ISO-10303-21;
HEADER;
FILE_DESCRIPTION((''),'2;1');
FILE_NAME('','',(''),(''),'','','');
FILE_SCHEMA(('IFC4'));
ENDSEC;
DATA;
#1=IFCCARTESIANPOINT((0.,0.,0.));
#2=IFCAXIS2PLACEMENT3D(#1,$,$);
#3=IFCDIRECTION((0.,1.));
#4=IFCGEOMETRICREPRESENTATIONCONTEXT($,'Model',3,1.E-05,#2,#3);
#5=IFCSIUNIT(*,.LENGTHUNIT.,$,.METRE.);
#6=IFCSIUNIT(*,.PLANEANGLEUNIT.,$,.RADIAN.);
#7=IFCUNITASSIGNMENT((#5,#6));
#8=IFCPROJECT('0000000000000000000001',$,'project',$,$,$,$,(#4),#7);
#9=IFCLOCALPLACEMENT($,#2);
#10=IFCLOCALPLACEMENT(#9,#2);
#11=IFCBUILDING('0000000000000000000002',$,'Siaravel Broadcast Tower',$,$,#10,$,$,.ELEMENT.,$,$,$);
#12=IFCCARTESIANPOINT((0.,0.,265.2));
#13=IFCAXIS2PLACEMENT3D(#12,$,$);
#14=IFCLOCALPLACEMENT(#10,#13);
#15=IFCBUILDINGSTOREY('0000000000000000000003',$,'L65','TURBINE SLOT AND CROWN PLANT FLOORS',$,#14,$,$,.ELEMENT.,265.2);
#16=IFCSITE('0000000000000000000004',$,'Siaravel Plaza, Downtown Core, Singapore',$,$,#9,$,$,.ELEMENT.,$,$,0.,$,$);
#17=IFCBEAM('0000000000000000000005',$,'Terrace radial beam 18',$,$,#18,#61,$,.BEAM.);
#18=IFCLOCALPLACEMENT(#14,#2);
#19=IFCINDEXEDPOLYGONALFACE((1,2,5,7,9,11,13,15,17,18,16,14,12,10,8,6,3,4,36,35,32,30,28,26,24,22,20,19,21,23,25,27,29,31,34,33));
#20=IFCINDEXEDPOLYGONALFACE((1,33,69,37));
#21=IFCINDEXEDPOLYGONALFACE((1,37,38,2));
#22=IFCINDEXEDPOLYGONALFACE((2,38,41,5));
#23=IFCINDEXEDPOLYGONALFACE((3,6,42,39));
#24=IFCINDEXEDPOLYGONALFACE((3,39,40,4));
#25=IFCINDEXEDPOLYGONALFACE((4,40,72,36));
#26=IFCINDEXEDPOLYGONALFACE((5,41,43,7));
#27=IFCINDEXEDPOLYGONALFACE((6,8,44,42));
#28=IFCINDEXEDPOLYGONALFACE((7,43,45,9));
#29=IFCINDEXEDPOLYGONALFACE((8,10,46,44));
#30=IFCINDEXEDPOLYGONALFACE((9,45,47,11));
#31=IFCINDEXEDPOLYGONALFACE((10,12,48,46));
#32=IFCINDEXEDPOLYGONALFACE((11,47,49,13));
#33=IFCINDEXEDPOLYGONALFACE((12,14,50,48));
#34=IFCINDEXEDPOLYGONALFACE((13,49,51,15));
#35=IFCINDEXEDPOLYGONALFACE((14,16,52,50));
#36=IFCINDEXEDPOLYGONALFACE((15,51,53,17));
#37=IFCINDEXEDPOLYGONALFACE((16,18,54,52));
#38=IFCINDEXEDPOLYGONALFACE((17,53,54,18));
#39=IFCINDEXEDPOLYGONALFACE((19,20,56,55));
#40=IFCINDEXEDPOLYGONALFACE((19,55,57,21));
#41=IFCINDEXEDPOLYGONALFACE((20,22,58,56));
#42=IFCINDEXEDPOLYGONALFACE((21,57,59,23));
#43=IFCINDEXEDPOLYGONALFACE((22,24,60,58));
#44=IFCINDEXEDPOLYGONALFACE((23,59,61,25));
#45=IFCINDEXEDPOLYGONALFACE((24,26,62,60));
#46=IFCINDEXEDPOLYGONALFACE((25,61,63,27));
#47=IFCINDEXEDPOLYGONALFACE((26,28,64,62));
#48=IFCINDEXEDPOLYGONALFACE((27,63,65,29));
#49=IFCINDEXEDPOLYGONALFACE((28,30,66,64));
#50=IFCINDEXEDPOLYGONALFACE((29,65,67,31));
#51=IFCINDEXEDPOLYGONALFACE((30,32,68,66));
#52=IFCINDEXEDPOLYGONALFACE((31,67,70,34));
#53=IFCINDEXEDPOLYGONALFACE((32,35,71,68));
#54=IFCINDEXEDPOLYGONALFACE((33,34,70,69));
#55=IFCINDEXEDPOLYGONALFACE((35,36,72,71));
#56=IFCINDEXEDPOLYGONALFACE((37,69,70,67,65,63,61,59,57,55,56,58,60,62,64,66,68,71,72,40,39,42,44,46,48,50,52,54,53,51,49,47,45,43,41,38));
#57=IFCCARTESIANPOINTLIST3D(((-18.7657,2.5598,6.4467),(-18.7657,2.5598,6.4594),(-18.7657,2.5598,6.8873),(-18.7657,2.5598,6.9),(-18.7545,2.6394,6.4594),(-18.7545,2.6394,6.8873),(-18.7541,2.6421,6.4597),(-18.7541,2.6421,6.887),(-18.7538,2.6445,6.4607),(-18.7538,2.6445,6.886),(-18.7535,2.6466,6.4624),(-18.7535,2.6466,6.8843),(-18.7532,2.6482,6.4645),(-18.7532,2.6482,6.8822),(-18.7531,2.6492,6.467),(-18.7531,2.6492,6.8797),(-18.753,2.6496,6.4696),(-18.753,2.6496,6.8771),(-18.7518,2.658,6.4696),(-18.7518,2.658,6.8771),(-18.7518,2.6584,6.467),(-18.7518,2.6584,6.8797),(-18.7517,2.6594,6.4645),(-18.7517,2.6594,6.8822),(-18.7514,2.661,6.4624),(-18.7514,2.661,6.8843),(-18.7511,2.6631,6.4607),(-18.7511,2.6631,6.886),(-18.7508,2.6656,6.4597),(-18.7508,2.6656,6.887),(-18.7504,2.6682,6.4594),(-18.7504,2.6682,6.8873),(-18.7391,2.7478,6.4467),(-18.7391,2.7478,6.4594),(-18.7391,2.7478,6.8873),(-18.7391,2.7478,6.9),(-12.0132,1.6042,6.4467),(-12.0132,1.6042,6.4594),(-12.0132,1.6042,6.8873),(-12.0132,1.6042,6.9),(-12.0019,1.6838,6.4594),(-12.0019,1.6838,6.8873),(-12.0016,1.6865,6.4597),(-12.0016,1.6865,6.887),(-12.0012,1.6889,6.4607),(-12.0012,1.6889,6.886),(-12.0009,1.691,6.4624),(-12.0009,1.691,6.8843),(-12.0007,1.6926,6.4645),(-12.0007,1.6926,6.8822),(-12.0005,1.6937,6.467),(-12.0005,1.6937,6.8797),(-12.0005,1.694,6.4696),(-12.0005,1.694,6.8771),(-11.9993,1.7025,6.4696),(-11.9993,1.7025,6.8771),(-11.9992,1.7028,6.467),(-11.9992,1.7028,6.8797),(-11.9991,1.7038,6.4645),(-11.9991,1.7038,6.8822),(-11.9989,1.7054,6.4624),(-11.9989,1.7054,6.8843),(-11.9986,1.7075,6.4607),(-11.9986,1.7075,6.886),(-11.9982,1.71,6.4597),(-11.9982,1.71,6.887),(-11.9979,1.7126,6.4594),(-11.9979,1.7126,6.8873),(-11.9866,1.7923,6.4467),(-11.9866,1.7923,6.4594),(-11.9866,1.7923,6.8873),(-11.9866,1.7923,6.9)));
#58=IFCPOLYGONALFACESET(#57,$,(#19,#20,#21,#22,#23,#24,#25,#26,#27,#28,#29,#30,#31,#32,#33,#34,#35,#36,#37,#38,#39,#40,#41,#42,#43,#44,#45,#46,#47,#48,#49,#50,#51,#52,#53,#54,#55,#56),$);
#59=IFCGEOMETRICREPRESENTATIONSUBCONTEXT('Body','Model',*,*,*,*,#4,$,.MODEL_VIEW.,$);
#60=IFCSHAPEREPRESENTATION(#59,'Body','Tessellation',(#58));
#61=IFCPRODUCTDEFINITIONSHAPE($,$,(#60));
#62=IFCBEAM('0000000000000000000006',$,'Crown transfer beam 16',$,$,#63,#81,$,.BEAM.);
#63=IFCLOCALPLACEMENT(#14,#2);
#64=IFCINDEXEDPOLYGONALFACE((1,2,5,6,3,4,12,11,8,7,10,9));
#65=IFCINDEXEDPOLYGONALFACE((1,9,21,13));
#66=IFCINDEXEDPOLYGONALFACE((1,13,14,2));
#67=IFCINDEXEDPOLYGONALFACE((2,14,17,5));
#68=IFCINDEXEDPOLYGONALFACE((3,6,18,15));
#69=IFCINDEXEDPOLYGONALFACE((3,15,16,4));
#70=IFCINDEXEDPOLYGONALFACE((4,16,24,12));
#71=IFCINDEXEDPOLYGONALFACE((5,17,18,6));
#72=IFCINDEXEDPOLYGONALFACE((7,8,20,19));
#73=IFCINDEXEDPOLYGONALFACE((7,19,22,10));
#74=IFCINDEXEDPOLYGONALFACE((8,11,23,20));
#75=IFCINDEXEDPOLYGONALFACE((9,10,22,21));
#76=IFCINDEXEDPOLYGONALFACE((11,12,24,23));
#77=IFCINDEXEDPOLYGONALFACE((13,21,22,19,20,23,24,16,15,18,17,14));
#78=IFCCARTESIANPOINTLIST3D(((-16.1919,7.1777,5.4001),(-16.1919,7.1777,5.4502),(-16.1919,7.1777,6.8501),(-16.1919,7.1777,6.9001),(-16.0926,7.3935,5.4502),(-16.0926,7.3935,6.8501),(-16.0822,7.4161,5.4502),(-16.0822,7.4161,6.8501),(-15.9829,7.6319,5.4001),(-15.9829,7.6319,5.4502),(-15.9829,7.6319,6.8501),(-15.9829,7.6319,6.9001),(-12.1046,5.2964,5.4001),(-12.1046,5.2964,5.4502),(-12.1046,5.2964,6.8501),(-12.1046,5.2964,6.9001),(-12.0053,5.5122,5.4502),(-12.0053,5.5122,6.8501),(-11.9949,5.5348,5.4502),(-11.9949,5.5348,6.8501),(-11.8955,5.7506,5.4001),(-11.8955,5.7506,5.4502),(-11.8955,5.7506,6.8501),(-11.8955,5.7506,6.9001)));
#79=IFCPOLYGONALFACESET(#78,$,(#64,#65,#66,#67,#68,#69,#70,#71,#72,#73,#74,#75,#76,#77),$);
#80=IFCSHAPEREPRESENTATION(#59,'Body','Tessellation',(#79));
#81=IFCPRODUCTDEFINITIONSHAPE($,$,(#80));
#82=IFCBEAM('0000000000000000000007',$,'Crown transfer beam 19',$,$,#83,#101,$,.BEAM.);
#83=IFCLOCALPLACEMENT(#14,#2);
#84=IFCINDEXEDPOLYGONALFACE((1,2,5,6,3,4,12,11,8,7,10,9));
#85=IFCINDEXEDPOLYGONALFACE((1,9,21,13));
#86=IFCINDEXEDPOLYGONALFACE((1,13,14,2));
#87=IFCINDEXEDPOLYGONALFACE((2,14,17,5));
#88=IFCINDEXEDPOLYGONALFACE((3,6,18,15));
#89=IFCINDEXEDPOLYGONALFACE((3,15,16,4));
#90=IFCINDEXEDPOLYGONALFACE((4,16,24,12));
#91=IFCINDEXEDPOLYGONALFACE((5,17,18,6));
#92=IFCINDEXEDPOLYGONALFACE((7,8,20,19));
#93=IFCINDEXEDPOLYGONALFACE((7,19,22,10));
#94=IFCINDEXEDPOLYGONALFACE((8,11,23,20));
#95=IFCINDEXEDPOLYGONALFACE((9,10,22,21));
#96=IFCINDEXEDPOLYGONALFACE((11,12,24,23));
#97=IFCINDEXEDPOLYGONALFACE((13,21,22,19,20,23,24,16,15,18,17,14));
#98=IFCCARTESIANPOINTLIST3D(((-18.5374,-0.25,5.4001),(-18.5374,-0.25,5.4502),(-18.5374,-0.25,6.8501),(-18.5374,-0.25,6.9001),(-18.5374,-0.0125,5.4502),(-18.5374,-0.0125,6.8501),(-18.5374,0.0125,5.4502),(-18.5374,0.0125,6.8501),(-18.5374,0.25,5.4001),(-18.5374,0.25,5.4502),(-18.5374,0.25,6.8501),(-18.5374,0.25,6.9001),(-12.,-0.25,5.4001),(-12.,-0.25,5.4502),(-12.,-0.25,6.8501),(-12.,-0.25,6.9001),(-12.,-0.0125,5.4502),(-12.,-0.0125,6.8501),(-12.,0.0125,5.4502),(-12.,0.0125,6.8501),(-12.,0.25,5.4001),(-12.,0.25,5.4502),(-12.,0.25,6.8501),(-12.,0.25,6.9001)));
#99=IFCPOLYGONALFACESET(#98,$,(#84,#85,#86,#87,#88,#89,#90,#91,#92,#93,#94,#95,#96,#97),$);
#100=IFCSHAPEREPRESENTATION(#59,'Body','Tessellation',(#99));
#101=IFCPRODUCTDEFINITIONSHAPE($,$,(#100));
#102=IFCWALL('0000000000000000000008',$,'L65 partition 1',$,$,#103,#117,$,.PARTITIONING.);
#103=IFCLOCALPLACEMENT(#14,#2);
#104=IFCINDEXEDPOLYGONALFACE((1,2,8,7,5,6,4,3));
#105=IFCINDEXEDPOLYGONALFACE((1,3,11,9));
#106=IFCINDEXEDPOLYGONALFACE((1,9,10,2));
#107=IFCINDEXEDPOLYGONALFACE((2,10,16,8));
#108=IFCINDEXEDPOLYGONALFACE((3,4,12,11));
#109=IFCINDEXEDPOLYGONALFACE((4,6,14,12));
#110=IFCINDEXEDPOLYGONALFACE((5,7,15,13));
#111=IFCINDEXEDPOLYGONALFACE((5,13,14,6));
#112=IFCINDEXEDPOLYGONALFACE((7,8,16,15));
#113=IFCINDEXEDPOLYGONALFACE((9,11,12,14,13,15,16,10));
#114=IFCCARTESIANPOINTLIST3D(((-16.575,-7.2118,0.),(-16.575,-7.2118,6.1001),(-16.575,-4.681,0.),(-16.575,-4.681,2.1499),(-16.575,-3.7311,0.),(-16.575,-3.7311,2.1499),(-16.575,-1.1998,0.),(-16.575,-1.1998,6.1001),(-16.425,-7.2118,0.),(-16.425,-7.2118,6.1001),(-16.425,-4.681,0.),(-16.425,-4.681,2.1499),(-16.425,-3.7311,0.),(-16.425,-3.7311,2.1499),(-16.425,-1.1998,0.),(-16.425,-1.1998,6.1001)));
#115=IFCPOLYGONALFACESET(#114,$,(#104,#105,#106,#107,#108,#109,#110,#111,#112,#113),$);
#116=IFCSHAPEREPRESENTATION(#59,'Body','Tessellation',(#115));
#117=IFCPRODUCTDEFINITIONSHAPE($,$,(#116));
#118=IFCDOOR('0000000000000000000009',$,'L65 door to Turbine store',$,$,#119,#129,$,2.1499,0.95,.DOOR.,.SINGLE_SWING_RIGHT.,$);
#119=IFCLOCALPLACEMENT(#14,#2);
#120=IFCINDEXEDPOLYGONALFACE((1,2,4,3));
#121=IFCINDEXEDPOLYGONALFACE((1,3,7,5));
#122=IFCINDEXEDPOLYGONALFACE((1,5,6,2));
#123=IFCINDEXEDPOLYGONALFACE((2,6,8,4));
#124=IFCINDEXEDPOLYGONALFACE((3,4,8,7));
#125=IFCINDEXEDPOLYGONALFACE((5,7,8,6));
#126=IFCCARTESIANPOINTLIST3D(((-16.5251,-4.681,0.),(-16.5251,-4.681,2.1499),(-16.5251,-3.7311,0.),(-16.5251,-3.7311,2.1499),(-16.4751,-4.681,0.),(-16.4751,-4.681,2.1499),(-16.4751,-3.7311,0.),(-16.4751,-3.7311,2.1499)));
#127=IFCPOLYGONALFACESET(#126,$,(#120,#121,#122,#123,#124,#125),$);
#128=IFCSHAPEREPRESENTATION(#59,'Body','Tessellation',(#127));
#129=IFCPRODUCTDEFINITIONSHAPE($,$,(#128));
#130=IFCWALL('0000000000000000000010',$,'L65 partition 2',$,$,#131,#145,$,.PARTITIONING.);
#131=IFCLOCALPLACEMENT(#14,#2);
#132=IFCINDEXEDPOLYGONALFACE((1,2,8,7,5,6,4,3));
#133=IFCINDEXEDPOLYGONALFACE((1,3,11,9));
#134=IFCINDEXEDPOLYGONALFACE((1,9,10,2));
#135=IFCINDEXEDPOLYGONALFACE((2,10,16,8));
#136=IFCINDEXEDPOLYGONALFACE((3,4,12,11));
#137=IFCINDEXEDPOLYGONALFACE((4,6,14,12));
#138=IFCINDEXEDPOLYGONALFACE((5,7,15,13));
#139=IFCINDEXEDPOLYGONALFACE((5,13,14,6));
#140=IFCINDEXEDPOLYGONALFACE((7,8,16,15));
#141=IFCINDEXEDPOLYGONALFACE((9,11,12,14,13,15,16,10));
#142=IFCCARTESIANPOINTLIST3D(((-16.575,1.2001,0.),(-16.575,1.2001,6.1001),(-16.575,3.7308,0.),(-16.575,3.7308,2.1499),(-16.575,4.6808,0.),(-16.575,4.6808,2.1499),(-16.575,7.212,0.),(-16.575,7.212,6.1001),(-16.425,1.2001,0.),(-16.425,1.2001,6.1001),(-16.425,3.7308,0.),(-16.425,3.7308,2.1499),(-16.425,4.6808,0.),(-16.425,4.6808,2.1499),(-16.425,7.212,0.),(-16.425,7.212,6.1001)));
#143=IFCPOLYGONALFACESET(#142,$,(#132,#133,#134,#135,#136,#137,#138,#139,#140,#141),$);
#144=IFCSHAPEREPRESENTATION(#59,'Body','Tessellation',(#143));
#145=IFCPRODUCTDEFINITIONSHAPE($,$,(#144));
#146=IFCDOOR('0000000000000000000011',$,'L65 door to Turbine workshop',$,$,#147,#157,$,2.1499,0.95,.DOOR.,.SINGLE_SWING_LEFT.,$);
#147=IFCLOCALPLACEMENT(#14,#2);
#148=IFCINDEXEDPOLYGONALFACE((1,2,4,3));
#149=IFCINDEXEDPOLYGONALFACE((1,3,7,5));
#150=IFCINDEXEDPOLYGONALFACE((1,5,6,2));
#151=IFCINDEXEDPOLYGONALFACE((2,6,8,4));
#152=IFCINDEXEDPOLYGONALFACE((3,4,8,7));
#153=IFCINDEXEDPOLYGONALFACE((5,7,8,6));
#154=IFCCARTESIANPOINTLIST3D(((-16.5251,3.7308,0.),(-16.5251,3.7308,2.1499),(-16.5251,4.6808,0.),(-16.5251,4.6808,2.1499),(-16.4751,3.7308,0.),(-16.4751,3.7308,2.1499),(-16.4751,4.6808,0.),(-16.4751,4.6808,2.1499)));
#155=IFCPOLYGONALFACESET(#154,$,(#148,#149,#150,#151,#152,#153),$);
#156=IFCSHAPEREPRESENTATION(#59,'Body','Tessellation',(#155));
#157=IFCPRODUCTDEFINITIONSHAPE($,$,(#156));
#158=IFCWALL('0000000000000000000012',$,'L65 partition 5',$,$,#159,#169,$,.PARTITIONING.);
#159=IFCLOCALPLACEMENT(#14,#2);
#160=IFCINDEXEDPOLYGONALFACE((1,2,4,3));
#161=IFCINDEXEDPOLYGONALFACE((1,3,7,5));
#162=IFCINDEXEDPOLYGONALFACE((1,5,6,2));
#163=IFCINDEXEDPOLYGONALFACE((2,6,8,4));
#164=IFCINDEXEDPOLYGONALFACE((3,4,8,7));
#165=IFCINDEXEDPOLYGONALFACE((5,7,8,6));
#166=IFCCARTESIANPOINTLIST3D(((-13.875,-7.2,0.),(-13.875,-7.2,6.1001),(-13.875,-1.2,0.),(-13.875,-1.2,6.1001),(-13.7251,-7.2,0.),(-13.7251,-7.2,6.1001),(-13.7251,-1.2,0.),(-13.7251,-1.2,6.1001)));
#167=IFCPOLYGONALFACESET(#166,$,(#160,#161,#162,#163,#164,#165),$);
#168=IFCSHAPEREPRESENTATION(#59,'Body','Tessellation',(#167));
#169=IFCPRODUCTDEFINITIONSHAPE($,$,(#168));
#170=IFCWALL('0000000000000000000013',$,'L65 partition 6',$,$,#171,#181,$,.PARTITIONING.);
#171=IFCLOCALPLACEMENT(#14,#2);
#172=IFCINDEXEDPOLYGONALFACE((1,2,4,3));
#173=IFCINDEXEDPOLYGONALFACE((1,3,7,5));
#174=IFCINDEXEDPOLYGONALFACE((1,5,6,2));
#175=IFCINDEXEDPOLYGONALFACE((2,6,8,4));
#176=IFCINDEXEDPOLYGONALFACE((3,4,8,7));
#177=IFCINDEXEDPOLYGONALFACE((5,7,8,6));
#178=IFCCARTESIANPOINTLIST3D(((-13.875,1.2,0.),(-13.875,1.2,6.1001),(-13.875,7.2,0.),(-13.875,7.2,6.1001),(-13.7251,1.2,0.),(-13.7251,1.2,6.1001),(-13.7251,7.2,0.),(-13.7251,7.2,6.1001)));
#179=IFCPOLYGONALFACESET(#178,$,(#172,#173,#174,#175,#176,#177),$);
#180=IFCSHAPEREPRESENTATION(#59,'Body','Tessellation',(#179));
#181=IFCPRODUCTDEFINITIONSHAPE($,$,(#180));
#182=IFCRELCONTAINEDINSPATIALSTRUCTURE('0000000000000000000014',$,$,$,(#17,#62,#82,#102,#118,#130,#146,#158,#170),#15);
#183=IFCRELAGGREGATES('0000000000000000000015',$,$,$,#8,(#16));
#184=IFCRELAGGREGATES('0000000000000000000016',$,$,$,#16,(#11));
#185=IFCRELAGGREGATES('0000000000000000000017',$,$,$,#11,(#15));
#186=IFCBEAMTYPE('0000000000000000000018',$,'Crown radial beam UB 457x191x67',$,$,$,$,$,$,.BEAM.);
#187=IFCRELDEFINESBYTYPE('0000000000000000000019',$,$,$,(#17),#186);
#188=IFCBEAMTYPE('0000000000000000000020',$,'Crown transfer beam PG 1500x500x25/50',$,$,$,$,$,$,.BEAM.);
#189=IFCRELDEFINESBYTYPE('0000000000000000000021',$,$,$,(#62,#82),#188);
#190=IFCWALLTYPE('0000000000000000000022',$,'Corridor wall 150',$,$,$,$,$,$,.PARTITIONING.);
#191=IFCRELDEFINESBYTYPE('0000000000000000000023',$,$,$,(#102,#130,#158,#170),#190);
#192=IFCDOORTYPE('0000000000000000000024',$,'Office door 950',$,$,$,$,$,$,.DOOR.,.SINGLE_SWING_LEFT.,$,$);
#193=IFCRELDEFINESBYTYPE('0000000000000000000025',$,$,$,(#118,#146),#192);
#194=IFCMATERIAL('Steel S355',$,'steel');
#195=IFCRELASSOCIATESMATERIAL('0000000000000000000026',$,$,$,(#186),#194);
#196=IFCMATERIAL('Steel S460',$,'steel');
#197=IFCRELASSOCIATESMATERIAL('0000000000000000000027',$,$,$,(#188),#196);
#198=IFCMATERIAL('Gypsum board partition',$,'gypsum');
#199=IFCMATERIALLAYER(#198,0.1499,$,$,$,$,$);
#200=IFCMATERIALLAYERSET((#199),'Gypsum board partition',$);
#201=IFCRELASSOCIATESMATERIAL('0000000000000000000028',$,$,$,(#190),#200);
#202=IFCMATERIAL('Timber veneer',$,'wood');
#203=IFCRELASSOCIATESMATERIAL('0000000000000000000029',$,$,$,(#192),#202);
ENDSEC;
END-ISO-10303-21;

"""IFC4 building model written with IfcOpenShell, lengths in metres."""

from ifc_helpers import new_model, si_unit, direction, frame, frame_2d, origin, origin_2d, place, context, subcontext, project, spatial, rectangle, i_section, extrude, material, layer, layer_set, material_profile, profile_set, type_object, element, fill, save


model = new_model("IFC4")

# Units and contexts
model_context = context("Model", 3, precision=1e-05, world=origin(), true_north=direction((0.0, 1.0)))
body_context = subcontext(model_context, "Body", "Model", "MODEL_VIEW")
ifc_project = project(units=[si_unit("LENGTHUNIT", "METRE"), si_unit("PLANEANGLEUNIT", "RADIAN")], contexts=[model_context])

# Site, building, storey
site_placement = place(None, origin())
site = spatial("IfcSite", under=ifc_project, at=site_placement, Name="Siaravel Plaza, Downtown Core, Singapore", CompositionType="ELEMENT", RefElevation=0.0)
building_placement = place(site_placement, origin())
building = spatial("IfcBuilding", under=site, at=building_placement, Name="Siaravel Broadcast Tower", CompositionType="ELEMENT")
storey_placement = place(building_placement, frame((0.0, 0.0, 265.2)))
storey = spatial("IfcBuildingStorey", under=building, at=storey_placement, Name="L65", Description="TURBINE SLOT AND CROWN PLANT FLOORS", CompositionType="ELEMENT", Elevation=265.2)

# Beams
ifc_material_1 = material(Name="Steel S355", Category="steel")
ifc_material_profile_1 = material_profile(ifc_material_1, i_section(OverallWidth=0.1899, OverallDepth=0.4534, WebThickness=0.0085, FlangeThickness=0.0127, FilletRadius=0.0103, at=origin_2d()))
ifc_profile_set_1 = profile_set([ifc_material_profile_1], Name="Steel S355")
beam_type_1 = type_object("IfcBeamType", Name="Crown radial beam UB 457x191x67", PredefinedType="BEAM", material=ifc_profile_set_1)
beam_1_placement = place(storey_placement, frame((-18.7524, 2.6538, 6.6733), z_axis=(0.990135, -0.140118, 0.0), x_axis=(0.140118, 0.990135, 0.0)))
element("IfcBeam", 1, at=beam_1_placement, inside=storey, type_object=beam_type_1, Name="Terrace radial beam 18", PredefinedType="BEAM", context=body_context, shape_type="SweptSolid", body=[
    extrude(i_section(OverallWidth=0.1899, OverallDepth=0.4534, WebThickness=0.0085, FlangeThickness=0.0127, FilletRadius=0.0103, at=origin_2d()), origin(), (0.0, 0.0, 1.0), 6.8198),
])
ifc_material_2 = material(Name="Steel S460", Category="steel")
ifc_material_profile_2 = material_profile(ifc_material_2, i_section(OverallWidth=0.5, OverallDepth=1.5, WebThickness=0.0249, FlangeThickness=0.05, at=origin_2d()))
ifc_profile_set_2 = profile_set([ifc_material_profile_2], Name="Steel S460")
beam_type_2 = type_object("IfcBeamType", Name="Crown transfer beam PG 1500x500x25/50", PredefinedType="BEAM", material=ifc_profile_set_2)
beam_2_placement = place(storey_placement, frame((-16.0874, 7.4048, 6.1501), z_axis=(0.908394, -0.418115, 0.0), x_axis=(0.418115, 0.908394, 0.0)))
element("IfcBeam", 2, at=beam_2_placement, inside=storey, type_object=beam_type_2, Name="Crown transfer beam 16", PredefinedType="BEAM", context=body_context, shape_type="SweptSolid", body=[
    extrude(i_section(OverallWidth=0.5, OverallDepth=1.5, WebThickness=0.0249, FlangeThickness=0.05, at=origin_2d()), origin(), (0.0, 0.0, 1.0), 4.4995),
])
beam_3_placement = place(storey_placement, frame((-18.5374, 0.0, 6.1501), z_axis=(1.0, 0.0, 0.0), x_axis=(0.0, 1.0, 0.0)))
element("IfcBeam", 3, at=beam_3_placement, inside=storey, type_object=beam_type_2, Name="Crown transfer beam 19", PredefinedType="BEAM", context=body_context, shape_type="SweptSolid", body=[
    extrude(i_section(OverallWidth=0.5, OverallDepth=1.5, WebThickness=0.0249, FlangeThickness=0.05, at=origin_2d()), origin(), (0.0, 0.0, 1.0), 6.5374),
])

# Walls, openings, doors
ifc_material_3 = material(Name="Gypsum board partition", Category="gypsum")
ifc_layer = layer(ifc_material_3, 0.1499)
ifc_layer_set = layer_set([ifc_layer], Name="Gypsum board partition")
wall_type = type_object("IfcWallType", Name="Corridor wall 150", PredefinedType="PARTITIONING", material=ifc_layer_set)
wall_1_placement = place(storey_placement, frame((-16.5, -1.2, 0.0), z_axis=(0.0, 0.0, 1.0), x_axis=(0.0, -1.0, 0.0)))
wall_1 = element("IfcWall", 4, at=wall_1_placement, inside=storey, type_object=wall_type, Name="L65 partition 1", PredefinedType="PARTITIONING", context=body_context, shape_type="SweptSolid", body=[
    extrude(rectangle(XDim=6.012, YDim=0.1499, at=frame_2d((3.0059, 0.0))), origin(), (0.0, 0.0, 1.0), 6.1001),
])
opening_1_placement = place(wall_1_placement, frame((2.531, 0.0, 0.0)))
opening_1 = element("IfcOpeningElement", 5, at=opening_1_placement, cuts=wall_1, PredefinedType="OPENING", context=body_context, shape_type="SweptSolid", body=[
    extrude(rectangle(XDim=0.95, YDim=2.1499, at=frame_2d((0.4751, 1.075))), frame((0.0, 0.085, 0.0), z_axis=(0.0, -1.0, 0.0), x_axis=(1.0, 0.0, 0.0)), (0.0, 0.0, 1.0), 0.1699),
])
ifc_material_4 = material(Name="Timber veneer", Category="wood")
door_type = type_object("IfcDoorType", Name="Office door 950", OperationType="SINGLE_SWING_LEFT", PredefinedType="DOOR", material=ifc_material_4)
door_1_placement = place(opening_1_placement, origin())
door_1 = element("IfcDoor", 6, at=door_1_placement, inside=storey, type_object=door_type, Name="L65 door to Turbine store", OperationType="SINGLE_SWING_RIGHT", OverallHeight=2.1499, OverallWidth=0.95, PredefinedType="DOOR", context=body_context, shape_type="SweptSolid", body=[
    extrude(rectangle(XDim=0.95, YDim=2.1499, at=frame_2d((0.4751, 1.075))), frame((0.0, 0.0249, 0.0), z_axis=(0.0, -1.0, 0.0), x_axis=(1.0, 0.0, 0.0)), (0.0, 0.0, 1.0), 0.05),
])
fill(opening_1, door_1)
wall_2_placement = place(storey_placement, frame((-16.5, 7.2119, 0.0), z_axis=(0.0, 0.0, 1.0), x_axis=(0.0, -1.0, 0.0)))
wall_2 = element("IfcWall", 7, at=wall_2_placement, inside=storey, type_object=wall_type, Name="L65 partition 2", PredefinedType="PARTITIONING", context=body_context, shape_type="SweptSolid", body=[
    extrude(rectangle(XDim=6.012, YDim=0.1499, at=frame_2d((3.0059, 0.0))), origin(), (0.0, 0.0, 1.0), 6.1001),
])
opening_2_placement = place(wall_2_placement, frame((2.531, 0.0, 0.0)))
opening_2 = element("IfcOpeningElement", 8, at=opening_2_placement, cuts=wall_2, PredefinedType="OPENING", context=body_context, shape_type="SweptSolid", body=[
    extrude(rectangle(XDim=0.95, YDim=2.1499, at=frame_2d((0.4751, 1.075))), frame((0.0, 0.085, 0.0), z_axis=(0.0, -1.0, 0.0), x_axis=(1.0, 0.0, 0.0)), (0.0, 0.0, 1.0), 0.1699),
])
door_2_placement = place(opening_2_placement, origin())
door_2 = element("IfcDoor", 9, at=door_2_placement, inside=storey, type_object=door_type, Name="L65 door to Turbine workshop", OperationType="SINGLE_SWING_LEFT", OverallHeight=2.1499, OverallWidth=0.95, PredefinedType="DOOR", context=body_context, shape_type="SweptSolid", body=[
    extrude(rectangle(XDim=0.95, YDim=2.1499, at=frame_2d((0.4751, 1.075))), frame((0.0, 0.0249, 0.0), z_axis=(0.0, -1.0, 0.0), x_axis=(1.0, 0.0, 0.0)), (0.0, 0.0, 1.0), 0.05),
])
fill(opening_2, door_2)

# Walls
for number, where, z_axis, x_axis, name in (
    (10, (-13.8, -1.2, 0.0), (0.0, 0.0, 1.0), (0.0, -1.0, 0.0), "L65 partition 5"),
    (11, (-13.8, 7.2, 0.0), (0.0, 0.0, 1.0), (0.0, -1.0, 0.0), "L65 partition 6"),
):
    element("IfcWall", number, at=place(storey_placement, frame(where, z_axis=z_axis, x_axis=x_axis)), inside=storey, type_object=wall_type, Name=name, PredefinedType="PARTITIONING", context=body_context, shape_type="SweptSolid", body=[
        extrude(rectangle(XDim=6.0, YDim=0.1499, at=frame_2d((3.0, 0.0))), origin(), (0.0, 0.0, 1.0), 6.1001),
    ])

save(model, "model.ifc")
